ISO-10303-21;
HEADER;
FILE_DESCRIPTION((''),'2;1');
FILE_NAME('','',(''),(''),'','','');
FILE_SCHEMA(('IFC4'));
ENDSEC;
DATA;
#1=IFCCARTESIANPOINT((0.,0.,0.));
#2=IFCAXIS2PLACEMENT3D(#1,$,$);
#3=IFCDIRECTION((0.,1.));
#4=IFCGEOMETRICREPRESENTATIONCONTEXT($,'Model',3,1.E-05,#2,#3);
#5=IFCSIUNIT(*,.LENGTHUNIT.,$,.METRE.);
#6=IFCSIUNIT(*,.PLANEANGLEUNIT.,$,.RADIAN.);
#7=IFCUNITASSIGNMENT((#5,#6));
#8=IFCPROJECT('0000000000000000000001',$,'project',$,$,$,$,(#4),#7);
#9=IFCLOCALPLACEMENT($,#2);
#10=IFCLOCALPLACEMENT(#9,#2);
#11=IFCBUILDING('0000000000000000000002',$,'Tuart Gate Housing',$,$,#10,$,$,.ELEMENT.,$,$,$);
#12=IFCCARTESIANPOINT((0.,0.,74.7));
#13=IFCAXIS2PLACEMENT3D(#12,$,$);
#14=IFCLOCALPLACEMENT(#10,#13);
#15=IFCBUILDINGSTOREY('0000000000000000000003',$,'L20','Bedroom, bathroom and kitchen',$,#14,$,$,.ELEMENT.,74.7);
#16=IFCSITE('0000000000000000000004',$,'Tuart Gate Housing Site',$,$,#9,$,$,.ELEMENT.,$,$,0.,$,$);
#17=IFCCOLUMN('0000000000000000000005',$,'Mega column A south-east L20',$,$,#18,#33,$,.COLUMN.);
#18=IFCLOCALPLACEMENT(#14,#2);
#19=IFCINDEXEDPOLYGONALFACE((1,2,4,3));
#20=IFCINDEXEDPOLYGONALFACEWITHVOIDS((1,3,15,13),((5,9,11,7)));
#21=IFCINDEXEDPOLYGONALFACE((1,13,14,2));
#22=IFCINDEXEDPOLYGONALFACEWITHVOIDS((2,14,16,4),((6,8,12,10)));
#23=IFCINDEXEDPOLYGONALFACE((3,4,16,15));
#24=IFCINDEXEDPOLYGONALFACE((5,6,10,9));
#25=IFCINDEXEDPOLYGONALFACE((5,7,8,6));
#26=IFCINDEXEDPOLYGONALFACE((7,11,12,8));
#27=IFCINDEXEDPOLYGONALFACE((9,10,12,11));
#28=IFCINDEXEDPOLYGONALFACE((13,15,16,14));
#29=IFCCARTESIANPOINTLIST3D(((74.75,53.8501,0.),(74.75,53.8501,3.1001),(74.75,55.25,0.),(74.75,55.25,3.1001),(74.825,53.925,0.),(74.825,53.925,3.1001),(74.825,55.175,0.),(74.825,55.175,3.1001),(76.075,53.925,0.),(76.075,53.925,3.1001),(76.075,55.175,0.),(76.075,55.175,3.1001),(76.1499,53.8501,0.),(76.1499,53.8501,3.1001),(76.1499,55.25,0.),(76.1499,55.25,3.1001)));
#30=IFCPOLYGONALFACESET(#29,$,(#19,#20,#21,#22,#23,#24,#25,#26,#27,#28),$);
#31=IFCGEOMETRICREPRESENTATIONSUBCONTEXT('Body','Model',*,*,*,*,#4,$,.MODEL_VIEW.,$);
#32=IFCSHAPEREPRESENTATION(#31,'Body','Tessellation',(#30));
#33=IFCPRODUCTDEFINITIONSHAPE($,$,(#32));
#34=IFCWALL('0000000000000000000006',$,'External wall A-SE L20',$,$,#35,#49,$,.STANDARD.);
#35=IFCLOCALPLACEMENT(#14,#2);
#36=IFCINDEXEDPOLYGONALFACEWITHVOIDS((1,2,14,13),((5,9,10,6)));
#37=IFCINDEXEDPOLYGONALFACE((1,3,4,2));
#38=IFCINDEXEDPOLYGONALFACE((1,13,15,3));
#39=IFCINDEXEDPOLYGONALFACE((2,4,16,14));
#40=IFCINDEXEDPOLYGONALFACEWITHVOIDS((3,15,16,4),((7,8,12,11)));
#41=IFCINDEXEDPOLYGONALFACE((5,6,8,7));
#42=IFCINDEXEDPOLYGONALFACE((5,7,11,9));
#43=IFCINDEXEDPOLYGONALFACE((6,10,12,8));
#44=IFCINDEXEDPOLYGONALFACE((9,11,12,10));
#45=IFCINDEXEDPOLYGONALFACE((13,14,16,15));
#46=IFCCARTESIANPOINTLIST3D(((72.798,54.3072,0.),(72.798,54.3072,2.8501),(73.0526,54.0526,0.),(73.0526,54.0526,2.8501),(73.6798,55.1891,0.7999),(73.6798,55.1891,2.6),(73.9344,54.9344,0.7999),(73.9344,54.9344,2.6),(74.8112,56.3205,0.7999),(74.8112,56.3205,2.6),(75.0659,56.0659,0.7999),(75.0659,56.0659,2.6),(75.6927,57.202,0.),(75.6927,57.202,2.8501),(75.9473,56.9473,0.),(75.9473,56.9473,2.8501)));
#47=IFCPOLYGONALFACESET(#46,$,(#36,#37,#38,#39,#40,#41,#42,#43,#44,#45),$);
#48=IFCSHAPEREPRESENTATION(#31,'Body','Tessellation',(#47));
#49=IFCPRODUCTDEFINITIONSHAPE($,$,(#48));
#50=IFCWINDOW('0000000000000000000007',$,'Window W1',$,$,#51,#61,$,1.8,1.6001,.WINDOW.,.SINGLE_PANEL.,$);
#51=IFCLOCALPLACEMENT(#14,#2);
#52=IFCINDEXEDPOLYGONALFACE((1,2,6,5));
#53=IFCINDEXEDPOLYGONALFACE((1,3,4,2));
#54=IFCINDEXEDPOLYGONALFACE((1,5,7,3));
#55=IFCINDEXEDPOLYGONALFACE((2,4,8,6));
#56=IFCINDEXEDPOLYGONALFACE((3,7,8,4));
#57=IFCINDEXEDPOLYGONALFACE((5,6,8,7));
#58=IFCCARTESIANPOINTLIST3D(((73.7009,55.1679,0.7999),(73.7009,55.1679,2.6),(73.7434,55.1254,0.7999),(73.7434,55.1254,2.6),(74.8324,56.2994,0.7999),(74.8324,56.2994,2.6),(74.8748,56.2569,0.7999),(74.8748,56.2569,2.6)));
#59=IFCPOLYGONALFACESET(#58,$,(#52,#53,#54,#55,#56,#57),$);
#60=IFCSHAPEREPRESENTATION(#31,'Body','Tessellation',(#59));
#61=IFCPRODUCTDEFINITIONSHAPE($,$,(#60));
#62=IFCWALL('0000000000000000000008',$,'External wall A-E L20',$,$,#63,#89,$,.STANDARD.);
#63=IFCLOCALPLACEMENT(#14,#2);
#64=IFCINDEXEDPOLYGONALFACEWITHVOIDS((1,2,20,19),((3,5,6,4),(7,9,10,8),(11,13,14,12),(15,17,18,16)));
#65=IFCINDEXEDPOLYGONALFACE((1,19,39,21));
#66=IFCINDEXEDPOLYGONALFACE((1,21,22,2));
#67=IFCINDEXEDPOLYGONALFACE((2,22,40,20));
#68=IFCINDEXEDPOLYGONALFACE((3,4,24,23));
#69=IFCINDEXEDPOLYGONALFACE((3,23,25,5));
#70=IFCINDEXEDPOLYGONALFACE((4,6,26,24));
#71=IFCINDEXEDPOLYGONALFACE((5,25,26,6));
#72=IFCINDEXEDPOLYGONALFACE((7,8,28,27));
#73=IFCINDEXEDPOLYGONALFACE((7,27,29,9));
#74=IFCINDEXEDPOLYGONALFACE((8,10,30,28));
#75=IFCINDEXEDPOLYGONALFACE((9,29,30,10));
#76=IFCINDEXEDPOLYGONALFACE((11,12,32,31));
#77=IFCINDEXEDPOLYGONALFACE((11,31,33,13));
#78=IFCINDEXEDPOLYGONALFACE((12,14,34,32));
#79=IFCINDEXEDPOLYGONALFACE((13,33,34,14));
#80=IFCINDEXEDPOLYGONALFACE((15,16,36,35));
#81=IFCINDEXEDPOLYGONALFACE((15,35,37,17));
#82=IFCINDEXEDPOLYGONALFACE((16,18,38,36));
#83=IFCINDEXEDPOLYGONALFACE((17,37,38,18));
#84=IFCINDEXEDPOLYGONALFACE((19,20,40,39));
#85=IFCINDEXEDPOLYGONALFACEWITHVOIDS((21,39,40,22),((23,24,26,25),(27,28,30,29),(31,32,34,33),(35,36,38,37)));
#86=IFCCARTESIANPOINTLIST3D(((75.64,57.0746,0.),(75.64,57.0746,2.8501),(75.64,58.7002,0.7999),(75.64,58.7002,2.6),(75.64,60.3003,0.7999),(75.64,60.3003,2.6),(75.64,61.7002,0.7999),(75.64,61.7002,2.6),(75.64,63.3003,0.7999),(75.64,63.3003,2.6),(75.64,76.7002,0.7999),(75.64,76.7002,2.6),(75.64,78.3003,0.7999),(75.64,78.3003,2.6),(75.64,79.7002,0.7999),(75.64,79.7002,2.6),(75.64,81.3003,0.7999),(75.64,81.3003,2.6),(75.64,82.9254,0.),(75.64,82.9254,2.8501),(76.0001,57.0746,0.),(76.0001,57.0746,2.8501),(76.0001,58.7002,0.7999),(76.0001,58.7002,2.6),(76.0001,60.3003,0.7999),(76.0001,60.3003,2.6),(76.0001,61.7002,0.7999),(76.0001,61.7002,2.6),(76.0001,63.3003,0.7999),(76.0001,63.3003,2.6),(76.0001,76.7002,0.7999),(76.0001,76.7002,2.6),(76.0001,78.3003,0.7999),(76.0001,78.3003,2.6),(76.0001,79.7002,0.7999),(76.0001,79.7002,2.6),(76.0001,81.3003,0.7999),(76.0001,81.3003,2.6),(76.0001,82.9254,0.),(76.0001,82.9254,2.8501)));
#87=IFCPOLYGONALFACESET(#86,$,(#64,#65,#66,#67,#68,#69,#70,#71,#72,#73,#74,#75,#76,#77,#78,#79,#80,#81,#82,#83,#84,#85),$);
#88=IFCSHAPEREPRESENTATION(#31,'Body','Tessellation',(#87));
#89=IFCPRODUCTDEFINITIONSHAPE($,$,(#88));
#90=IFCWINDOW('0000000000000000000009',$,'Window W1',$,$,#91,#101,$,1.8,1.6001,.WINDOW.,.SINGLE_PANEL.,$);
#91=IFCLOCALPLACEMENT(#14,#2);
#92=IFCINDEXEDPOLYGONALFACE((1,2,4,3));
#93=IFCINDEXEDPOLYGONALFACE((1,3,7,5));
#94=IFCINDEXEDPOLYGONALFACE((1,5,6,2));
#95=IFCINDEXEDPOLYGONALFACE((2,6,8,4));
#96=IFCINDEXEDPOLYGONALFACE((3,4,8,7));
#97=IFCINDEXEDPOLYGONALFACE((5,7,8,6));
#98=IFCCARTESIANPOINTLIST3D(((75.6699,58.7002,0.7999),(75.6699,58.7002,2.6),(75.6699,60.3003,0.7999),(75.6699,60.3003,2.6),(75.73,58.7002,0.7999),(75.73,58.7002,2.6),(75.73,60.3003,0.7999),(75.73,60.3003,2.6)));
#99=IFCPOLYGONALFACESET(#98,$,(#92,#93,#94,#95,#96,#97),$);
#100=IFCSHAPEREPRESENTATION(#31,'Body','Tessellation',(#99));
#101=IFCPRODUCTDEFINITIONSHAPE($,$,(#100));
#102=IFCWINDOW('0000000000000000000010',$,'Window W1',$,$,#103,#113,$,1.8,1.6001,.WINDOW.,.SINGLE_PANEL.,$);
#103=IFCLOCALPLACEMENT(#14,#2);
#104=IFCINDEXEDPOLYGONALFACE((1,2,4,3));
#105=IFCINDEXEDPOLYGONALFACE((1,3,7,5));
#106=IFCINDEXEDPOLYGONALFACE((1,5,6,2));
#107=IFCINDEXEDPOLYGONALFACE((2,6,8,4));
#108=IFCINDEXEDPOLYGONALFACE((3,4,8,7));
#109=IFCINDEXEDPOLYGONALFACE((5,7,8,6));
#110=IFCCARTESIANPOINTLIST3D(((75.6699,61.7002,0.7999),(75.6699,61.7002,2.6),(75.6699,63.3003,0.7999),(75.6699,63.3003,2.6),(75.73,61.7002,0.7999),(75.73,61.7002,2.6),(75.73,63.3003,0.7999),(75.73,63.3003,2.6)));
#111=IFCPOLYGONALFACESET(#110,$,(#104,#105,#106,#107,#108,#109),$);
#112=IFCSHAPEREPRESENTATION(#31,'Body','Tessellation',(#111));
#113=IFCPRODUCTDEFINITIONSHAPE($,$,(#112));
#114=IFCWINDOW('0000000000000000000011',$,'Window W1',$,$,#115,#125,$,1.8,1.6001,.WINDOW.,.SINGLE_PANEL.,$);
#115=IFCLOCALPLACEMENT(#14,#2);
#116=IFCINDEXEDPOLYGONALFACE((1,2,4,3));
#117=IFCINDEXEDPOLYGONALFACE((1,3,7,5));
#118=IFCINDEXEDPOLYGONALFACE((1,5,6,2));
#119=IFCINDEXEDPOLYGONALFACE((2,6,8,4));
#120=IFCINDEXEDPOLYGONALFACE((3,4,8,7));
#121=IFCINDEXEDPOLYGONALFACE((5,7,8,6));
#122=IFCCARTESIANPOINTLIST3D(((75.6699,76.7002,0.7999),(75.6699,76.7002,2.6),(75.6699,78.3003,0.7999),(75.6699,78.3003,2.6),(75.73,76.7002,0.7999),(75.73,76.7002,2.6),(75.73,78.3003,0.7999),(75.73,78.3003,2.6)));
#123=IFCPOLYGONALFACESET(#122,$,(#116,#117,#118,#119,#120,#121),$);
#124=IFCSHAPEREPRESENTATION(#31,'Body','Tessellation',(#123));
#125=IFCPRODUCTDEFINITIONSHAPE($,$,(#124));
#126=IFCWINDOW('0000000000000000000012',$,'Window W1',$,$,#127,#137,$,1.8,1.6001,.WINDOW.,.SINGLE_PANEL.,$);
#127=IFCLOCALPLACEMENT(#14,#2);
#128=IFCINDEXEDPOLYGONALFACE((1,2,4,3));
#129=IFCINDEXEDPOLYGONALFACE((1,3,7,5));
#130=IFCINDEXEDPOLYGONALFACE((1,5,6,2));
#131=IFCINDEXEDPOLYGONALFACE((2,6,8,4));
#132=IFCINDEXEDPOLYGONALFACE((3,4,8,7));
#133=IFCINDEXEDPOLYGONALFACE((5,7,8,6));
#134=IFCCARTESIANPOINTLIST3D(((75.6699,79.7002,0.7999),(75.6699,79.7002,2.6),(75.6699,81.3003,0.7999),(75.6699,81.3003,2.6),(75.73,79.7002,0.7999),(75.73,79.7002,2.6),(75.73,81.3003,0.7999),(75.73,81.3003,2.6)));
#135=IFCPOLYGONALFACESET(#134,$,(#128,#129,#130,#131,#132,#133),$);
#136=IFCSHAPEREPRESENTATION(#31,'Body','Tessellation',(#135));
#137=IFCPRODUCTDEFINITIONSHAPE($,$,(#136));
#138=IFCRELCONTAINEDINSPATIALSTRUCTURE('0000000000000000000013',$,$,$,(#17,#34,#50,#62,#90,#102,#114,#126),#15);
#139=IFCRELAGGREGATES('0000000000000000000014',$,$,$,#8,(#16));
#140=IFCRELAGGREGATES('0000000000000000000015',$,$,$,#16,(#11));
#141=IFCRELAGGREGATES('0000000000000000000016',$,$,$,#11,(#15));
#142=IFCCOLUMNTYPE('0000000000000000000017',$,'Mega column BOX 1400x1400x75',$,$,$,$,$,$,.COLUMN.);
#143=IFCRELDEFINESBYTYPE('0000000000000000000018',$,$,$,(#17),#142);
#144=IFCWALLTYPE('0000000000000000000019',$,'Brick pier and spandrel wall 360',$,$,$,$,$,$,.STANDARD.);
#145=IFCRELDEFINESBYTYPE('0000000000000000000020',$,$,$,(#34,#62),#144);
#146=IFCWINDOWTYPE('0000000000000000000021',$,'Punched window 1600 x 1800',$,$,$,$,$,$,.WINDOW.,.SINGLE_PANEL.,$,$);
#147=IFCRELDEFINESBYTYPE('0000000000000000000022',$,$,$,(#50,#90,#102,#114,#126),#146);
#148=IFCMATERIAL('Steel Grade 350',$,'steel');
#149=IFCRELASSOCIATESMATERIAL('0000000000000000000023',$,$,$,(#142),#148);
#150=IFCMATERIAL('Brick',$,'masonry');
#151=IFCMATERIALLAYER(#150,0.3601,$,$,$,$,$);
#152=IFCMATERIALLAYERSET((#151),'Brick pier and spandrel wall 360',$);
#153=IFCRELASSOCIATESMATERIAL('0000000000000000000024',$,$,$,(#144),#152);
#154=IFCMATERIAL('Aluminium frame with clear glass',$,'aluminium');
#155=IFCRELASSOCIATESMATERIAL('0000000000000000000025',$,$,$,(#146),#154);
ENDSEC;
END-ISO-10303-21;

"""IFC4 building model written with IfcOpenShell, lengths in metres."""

from ifc_helpers import new_model, si_unit, direction, frame, frame_2d, origin, origin_2d, place, context, subcontext, project, spatial, rectangle, hollow_rectangle, extrude, material, layer, layer_set, material_profile, profile_set, type_object, element, fill, save


model = new_model("IFC4")

# Units and contexts
model_context = context("Model", 3, precision=1e-05, world=origin(), true_north=direction((0.0, 1.0)))
body_context = subcontext(model_context, "Body", "Model", "MODEL_VIEW")
ifc_project = project(units=[si_unit("LENGTHUNIT", "METRE"), si_unit("PLANEANGLEUNIT", "RADIAN")], contexts=[model_context])

# Site, building, storey
site_placement = place(None, origin())
site = spatial("IfcSite", under=ifc_project, at=site_placement, Name="Tuart Gate Housing Site", CompositionType="ELEMENT", RefElevation=0.0)
building_placement = place(site_placement, origin())
building = spatial("IfcBuilding", under=site, at=building_placement, Name="Tuart Gate Housing", CompositionType="ELEMENT")
storey_placement = place(building_placement, frame((0.0, 0.0, 74.7)))
storey = spatial("IfcBuildingStorey", under=building, at=storey_placement, Name="L20", Description="Bedroom, bathroom and kitchen", CompositionType="ELEMENT", Elevation=74.7)

# Column
ifc_material_1 = material(Name="Steel Grade 350", Category="steel")
ifc_material_profile = material_profile(ifc_material_1, hollow_rectangle(XDim=1.3999, YDim=1.3999, WallThickness=0.075, at=origin_2d()), Name="BOX 1400x1400x75")
ifc_profile_set = profile_set([ifc_material_profile], Name="Steel Grade 350")
column_type = type_object("IfcColumnType", Name="Mega column BOX 1400x1400x75", PredefinedType="COLUMN", material=ifc_profile_set)
column_placement = place(storey_placement, frame((75.45, 54.55, 0.0), z_axis=(0.0, 0.0, 1.0), x_axis=(1.0, 0.0, 0.0)))
element("IfcColumn", 1, at=column_placement, inside=storey, type_object=column_type, Name="Mega column A south-east L20", PredefinedType="COLUMN", context=body_context, shape_type="SweptSolid", body=[
    extrude(hollow_rectangle(XDim=1.3999, YDim=1.3999, WallThickness=0.075, at=origin_2d()), origin(), (0.0, 0.0, 1.0), 3.1001),
])

# Wall, opening, window
ifc_material_2 = material(Name="Brick", Category="masonry")
ifc_layer = layer(ifc_material_2, 0.3601)
ifc_layer_set = layer_set([ifc_layer], Name="Brick pier and spandrel wall 360")
wall_type = type_object("IfcWallType", Name="Brick pier and spandrel wall 360", PredefinedType="STANDARD", material=ifc_layer_set)
wall_1_placement = place(storey_placement, frame((72.9253, 54.1799, 0.0), z_axis=(0.0, 0.0, 1.0), x_axis=(0.707107, 0.707107, 0.0)))
wall_1 = element("IfcWall", 2, at=wall_1_placement, inside=storey, type_object=wall_type, Name="External wall A-SE L20", PredefinedType="STANDARD", context=body_context, shape_type="SweptSolid", body=[
    extrude(rectangle(XDim=4.0938, YDim=0.3601, at=frame_2d((2.0469, 0.0))), origin(), (0.0, 0.0, 1.0), 2.8501),
])
opening_1_placement = place(wall_1_placement, frame((1.2471, 0.0, 0.8)))
opening_1 = element("IfcOpeningElement", 3, at=opening_1_placement, cuts=wall_1, PredefinedType="OPENING", context=body_context, shape_type="SweptSolid", body=[
    extrude(rectangle(XDim=1.6001, YDim=1.8, at=frame_2d((0.8, 0.8999))), frame((0.0, 0.1899, 0.0), z_axis=(0.0, -1.0, 0.0), x_axis=(1.0, 0.0, 0.0)), (0.0, 0.0, 1.0), 0.3801),
])
ifc_material_3 = material(Name="Aluminium frame with clear glass", Category="aluminium")
window_type = type_object("IfcWindowType", Name="Punched window 1600 x 1800", PartitioningType="SINGLE_PANEL", PredefinedType="WINDOW", material=ifc_material_3)
window_1_placement = place(opening_1_placement, origin())
window_1 = element("IfcWindow", 4, at=window_1_placement, inside=storey, type_object=window_type, Name="Window W1", OverallHeight=1.8, OverallWidth=1.6001, PartitioningType="SINGLE_PANEL", PredefinedType="WINDOW", context=body_context, shape_type="SweptSolid", body=[
    extrude(rectangle(XDim=1.6001, YDim=1.8, at=frame_2d((0.8, 0.8999))), frame((0.0, 0.1501, 0.0), z_axis=(0.0, -1.0, 0.0), x_axis=(1.0, 0.0, 0.0)), (0.0, 0.0, 1.0), 0.0601),
])
fill(opening_1, window_1)

# Wall, openings, windows
wall_2_placement = place(storey_placement, frame((75.8201, 57.0747, 0.0), z_axis=(0.0, 0.0, 1.0), x_axis=(0.0, 1.0, 0.0)))
wall_2 = element("IfcWall", 5, at=wall_2_placement, inside=storey, type_object=wall_type, Name="External wall A-E L20", PredefinedType="STANDARD", context=body_context, shape_type="SweptSolid", body=[
    extrude(rectangle(XDim=25.8508, YDim=0.3601, at=frame_2d((12.9253, 0.0))), origin(), (0.0, 0.0, 1.0), 2.8501),
])
opening_2_placement = place(wall_2_placement, frame((1.6255, 0.0, 0.8)))
opening_2 = element("IfcOpeningElement", 6, at=opening_2_placement, cuts=wall_2, PredefinedType="OPENING", context=body_context, shape_type="SweptSolid", body=[
    extrude(rectangle(XDim=1.6001, YDim=1.8, at=frame_2d((0.8, 0.8999))), frame((0.0, 0.1899, 0.0), z_axis=(0.0, -1.0, 0.0), x_axis=(1.0, 0.0, 0.0)), (0.0, 0.0, 1.0), 0.3801),
])
opening_3_placement = place(wall_2_placement, frame((4.6255, 0.0, 0.8)))
opening_3 = element("IfcOpeningElement", 7, at=opening_3_placement, cuts=wall_2, PredefinedType="OPENING", context=body_context, shape_type="SweptSolid", body=[
    extrude(rectangle(XDim=1.6001, YDim=1.8, at=frame_2d((0.8, 0.8999))), frame((0.0, 0.1899, 0.0), z_axis=(0.0, -1.0, 0.0), x_axis=(1.0, 0.0, 0.0)), (0.0, 0.0, 1.0), 0.3801),
])
opening_4_placement = place(wall_2_placement, frame((19.6255, 0.0, 0.8)))
opening_4 = element("IfcOpeningElement", 8, at=opening_4_placement, cuts=wall_2, PredefinedType="OPENING", context=body_context, shape_type="SweptSolid", body=[
    extrude(rectangle(XDim=1.6001, YDim=1.8, at=frame_2d((0.8, 0.8999))), frame((0.0, 0.1899, 0.0), z_axis=(0.0, -1.0, 0.0), x_axis=(1.0, 0.0, 0.0)), (0.0, 0.0, 1.0), 0.3801),
])
opening_5_placement = place(wall_2_placement, frame((22.6255, 0.0, 0.8)))
opening_5 = element("IfcOpeningElement", 9, at=opening_5_placement, cuts=wall_2, PredefinedType="OPENING", context=body_context, shape_type="SweptSolid", body=[
    extrude(rectangle(XDim=1.6001, YDim=1.8, at=frame_2d((0.8, 0.8999))), frame((0.0, 0.1899, 0.0), z_axis=(0.0, -1.0, 0.0), x_axis=(1.0, 0.0, 0.0)), (0.0, 0.0, 1.0), 0.3801),
])
window_2_placement = place(opening_2_placement, origin())
window_2 = element("IfcWindow", 10, at=window_2_placement, inside=storey, type_object=window_type, Name="Window W1", OverallHeight=1.8, OverallWidth=1.6001, PartitioningType="SINGLE_PANEL", PredefinedType="WINDOW", context=body_context, shape_type="SweptSolid", body=[
    extrude(rectangle(XDim=1.6001, YDim=1.8, at=frame_2d((0.8, 0.8999))), frame((0.0, 0.1501, 0.0), z_axis=(0.0, -1.0, 0.0), x_axis=(1.0, 0.0, 0.0)), (0.0, 0.0, 1.0), 0.0601),
])
fill(opening_2, window_2)
window_3_placement = place(opening_3_placement, origin())
window_3 = element("IfcWindow", 11, at=window_3_placement, inside=storey, type_object=window_type, Name="Window W1", OverallHeight=1.8, OverallWidth=1.6001, PartitioningType="SINGLE_PANEL", PredefinedType="WINDOW", context=body_context, shape_type="SweptSolid", body=[
    extrude(rectangle(XDim=1.6001, YDim=1.8, at=frame_2d((0.8, 0.8999))), frame((0.0, 0.1501, 0.0), z_axis=(0.0, -1.0, 0.0), x_axis=(1.0, 0.0, 0.0)), (0.0, 0.0, 1.0), 0.0601),
])
fill(opening_3, window_3)
window_4_placement = place(opening_4_placement, origin())
window_4 = element("IfcWindow", 12, at=window_4_placement, inside=storey, type_object=window_type, Name="Window W1", OverallHeight=1.8, OverallWidth=1.6001, PartitioningType="SINGLE_PANEL", PredefinedType="WINDOW", context=body_context, shape_type="SweptSolid", body=[
    extrude(rectangle(XDim=1.6001, YDim=1.8, at=frame_2d((0.8, 0.8999))), frame((0.0, 0.1501, 0.0), z_axis=(0.0, -1.0, 0.0), x_axis=(1.0, 0.0, 0.0)), (0.0, 0.0, 1.0), 0.0601),
])
fill(opening_4, window_4)
window_5_placement = place(opening_5_placement, origin())
window_5 = element("IfcWindow", 13, at=window_5_placement, inside=storey, type_object=window_type, Name="Window W1", OverallHeight=1.8, OverallWidth=1.6001, PartitioningType="SINGLE_PANEL", PredefinedType="WINDOW", context=body_context, shape_type="SweptSolid", body=[
    extrude(rectangle(XDim=1.6001, YDim=1.8, at=frame_2d((0.8, 0.8999))), frame((0.0, 0.1501, 0.0), z_axis=(0.0, -1.0, 0.0), x_axis=(1.0, 0.0, 0.0)), (0.0, 0.0, 1.0), 0.0601),
])
fill(opening_5, window_5)

save(model, "model.ifc")
